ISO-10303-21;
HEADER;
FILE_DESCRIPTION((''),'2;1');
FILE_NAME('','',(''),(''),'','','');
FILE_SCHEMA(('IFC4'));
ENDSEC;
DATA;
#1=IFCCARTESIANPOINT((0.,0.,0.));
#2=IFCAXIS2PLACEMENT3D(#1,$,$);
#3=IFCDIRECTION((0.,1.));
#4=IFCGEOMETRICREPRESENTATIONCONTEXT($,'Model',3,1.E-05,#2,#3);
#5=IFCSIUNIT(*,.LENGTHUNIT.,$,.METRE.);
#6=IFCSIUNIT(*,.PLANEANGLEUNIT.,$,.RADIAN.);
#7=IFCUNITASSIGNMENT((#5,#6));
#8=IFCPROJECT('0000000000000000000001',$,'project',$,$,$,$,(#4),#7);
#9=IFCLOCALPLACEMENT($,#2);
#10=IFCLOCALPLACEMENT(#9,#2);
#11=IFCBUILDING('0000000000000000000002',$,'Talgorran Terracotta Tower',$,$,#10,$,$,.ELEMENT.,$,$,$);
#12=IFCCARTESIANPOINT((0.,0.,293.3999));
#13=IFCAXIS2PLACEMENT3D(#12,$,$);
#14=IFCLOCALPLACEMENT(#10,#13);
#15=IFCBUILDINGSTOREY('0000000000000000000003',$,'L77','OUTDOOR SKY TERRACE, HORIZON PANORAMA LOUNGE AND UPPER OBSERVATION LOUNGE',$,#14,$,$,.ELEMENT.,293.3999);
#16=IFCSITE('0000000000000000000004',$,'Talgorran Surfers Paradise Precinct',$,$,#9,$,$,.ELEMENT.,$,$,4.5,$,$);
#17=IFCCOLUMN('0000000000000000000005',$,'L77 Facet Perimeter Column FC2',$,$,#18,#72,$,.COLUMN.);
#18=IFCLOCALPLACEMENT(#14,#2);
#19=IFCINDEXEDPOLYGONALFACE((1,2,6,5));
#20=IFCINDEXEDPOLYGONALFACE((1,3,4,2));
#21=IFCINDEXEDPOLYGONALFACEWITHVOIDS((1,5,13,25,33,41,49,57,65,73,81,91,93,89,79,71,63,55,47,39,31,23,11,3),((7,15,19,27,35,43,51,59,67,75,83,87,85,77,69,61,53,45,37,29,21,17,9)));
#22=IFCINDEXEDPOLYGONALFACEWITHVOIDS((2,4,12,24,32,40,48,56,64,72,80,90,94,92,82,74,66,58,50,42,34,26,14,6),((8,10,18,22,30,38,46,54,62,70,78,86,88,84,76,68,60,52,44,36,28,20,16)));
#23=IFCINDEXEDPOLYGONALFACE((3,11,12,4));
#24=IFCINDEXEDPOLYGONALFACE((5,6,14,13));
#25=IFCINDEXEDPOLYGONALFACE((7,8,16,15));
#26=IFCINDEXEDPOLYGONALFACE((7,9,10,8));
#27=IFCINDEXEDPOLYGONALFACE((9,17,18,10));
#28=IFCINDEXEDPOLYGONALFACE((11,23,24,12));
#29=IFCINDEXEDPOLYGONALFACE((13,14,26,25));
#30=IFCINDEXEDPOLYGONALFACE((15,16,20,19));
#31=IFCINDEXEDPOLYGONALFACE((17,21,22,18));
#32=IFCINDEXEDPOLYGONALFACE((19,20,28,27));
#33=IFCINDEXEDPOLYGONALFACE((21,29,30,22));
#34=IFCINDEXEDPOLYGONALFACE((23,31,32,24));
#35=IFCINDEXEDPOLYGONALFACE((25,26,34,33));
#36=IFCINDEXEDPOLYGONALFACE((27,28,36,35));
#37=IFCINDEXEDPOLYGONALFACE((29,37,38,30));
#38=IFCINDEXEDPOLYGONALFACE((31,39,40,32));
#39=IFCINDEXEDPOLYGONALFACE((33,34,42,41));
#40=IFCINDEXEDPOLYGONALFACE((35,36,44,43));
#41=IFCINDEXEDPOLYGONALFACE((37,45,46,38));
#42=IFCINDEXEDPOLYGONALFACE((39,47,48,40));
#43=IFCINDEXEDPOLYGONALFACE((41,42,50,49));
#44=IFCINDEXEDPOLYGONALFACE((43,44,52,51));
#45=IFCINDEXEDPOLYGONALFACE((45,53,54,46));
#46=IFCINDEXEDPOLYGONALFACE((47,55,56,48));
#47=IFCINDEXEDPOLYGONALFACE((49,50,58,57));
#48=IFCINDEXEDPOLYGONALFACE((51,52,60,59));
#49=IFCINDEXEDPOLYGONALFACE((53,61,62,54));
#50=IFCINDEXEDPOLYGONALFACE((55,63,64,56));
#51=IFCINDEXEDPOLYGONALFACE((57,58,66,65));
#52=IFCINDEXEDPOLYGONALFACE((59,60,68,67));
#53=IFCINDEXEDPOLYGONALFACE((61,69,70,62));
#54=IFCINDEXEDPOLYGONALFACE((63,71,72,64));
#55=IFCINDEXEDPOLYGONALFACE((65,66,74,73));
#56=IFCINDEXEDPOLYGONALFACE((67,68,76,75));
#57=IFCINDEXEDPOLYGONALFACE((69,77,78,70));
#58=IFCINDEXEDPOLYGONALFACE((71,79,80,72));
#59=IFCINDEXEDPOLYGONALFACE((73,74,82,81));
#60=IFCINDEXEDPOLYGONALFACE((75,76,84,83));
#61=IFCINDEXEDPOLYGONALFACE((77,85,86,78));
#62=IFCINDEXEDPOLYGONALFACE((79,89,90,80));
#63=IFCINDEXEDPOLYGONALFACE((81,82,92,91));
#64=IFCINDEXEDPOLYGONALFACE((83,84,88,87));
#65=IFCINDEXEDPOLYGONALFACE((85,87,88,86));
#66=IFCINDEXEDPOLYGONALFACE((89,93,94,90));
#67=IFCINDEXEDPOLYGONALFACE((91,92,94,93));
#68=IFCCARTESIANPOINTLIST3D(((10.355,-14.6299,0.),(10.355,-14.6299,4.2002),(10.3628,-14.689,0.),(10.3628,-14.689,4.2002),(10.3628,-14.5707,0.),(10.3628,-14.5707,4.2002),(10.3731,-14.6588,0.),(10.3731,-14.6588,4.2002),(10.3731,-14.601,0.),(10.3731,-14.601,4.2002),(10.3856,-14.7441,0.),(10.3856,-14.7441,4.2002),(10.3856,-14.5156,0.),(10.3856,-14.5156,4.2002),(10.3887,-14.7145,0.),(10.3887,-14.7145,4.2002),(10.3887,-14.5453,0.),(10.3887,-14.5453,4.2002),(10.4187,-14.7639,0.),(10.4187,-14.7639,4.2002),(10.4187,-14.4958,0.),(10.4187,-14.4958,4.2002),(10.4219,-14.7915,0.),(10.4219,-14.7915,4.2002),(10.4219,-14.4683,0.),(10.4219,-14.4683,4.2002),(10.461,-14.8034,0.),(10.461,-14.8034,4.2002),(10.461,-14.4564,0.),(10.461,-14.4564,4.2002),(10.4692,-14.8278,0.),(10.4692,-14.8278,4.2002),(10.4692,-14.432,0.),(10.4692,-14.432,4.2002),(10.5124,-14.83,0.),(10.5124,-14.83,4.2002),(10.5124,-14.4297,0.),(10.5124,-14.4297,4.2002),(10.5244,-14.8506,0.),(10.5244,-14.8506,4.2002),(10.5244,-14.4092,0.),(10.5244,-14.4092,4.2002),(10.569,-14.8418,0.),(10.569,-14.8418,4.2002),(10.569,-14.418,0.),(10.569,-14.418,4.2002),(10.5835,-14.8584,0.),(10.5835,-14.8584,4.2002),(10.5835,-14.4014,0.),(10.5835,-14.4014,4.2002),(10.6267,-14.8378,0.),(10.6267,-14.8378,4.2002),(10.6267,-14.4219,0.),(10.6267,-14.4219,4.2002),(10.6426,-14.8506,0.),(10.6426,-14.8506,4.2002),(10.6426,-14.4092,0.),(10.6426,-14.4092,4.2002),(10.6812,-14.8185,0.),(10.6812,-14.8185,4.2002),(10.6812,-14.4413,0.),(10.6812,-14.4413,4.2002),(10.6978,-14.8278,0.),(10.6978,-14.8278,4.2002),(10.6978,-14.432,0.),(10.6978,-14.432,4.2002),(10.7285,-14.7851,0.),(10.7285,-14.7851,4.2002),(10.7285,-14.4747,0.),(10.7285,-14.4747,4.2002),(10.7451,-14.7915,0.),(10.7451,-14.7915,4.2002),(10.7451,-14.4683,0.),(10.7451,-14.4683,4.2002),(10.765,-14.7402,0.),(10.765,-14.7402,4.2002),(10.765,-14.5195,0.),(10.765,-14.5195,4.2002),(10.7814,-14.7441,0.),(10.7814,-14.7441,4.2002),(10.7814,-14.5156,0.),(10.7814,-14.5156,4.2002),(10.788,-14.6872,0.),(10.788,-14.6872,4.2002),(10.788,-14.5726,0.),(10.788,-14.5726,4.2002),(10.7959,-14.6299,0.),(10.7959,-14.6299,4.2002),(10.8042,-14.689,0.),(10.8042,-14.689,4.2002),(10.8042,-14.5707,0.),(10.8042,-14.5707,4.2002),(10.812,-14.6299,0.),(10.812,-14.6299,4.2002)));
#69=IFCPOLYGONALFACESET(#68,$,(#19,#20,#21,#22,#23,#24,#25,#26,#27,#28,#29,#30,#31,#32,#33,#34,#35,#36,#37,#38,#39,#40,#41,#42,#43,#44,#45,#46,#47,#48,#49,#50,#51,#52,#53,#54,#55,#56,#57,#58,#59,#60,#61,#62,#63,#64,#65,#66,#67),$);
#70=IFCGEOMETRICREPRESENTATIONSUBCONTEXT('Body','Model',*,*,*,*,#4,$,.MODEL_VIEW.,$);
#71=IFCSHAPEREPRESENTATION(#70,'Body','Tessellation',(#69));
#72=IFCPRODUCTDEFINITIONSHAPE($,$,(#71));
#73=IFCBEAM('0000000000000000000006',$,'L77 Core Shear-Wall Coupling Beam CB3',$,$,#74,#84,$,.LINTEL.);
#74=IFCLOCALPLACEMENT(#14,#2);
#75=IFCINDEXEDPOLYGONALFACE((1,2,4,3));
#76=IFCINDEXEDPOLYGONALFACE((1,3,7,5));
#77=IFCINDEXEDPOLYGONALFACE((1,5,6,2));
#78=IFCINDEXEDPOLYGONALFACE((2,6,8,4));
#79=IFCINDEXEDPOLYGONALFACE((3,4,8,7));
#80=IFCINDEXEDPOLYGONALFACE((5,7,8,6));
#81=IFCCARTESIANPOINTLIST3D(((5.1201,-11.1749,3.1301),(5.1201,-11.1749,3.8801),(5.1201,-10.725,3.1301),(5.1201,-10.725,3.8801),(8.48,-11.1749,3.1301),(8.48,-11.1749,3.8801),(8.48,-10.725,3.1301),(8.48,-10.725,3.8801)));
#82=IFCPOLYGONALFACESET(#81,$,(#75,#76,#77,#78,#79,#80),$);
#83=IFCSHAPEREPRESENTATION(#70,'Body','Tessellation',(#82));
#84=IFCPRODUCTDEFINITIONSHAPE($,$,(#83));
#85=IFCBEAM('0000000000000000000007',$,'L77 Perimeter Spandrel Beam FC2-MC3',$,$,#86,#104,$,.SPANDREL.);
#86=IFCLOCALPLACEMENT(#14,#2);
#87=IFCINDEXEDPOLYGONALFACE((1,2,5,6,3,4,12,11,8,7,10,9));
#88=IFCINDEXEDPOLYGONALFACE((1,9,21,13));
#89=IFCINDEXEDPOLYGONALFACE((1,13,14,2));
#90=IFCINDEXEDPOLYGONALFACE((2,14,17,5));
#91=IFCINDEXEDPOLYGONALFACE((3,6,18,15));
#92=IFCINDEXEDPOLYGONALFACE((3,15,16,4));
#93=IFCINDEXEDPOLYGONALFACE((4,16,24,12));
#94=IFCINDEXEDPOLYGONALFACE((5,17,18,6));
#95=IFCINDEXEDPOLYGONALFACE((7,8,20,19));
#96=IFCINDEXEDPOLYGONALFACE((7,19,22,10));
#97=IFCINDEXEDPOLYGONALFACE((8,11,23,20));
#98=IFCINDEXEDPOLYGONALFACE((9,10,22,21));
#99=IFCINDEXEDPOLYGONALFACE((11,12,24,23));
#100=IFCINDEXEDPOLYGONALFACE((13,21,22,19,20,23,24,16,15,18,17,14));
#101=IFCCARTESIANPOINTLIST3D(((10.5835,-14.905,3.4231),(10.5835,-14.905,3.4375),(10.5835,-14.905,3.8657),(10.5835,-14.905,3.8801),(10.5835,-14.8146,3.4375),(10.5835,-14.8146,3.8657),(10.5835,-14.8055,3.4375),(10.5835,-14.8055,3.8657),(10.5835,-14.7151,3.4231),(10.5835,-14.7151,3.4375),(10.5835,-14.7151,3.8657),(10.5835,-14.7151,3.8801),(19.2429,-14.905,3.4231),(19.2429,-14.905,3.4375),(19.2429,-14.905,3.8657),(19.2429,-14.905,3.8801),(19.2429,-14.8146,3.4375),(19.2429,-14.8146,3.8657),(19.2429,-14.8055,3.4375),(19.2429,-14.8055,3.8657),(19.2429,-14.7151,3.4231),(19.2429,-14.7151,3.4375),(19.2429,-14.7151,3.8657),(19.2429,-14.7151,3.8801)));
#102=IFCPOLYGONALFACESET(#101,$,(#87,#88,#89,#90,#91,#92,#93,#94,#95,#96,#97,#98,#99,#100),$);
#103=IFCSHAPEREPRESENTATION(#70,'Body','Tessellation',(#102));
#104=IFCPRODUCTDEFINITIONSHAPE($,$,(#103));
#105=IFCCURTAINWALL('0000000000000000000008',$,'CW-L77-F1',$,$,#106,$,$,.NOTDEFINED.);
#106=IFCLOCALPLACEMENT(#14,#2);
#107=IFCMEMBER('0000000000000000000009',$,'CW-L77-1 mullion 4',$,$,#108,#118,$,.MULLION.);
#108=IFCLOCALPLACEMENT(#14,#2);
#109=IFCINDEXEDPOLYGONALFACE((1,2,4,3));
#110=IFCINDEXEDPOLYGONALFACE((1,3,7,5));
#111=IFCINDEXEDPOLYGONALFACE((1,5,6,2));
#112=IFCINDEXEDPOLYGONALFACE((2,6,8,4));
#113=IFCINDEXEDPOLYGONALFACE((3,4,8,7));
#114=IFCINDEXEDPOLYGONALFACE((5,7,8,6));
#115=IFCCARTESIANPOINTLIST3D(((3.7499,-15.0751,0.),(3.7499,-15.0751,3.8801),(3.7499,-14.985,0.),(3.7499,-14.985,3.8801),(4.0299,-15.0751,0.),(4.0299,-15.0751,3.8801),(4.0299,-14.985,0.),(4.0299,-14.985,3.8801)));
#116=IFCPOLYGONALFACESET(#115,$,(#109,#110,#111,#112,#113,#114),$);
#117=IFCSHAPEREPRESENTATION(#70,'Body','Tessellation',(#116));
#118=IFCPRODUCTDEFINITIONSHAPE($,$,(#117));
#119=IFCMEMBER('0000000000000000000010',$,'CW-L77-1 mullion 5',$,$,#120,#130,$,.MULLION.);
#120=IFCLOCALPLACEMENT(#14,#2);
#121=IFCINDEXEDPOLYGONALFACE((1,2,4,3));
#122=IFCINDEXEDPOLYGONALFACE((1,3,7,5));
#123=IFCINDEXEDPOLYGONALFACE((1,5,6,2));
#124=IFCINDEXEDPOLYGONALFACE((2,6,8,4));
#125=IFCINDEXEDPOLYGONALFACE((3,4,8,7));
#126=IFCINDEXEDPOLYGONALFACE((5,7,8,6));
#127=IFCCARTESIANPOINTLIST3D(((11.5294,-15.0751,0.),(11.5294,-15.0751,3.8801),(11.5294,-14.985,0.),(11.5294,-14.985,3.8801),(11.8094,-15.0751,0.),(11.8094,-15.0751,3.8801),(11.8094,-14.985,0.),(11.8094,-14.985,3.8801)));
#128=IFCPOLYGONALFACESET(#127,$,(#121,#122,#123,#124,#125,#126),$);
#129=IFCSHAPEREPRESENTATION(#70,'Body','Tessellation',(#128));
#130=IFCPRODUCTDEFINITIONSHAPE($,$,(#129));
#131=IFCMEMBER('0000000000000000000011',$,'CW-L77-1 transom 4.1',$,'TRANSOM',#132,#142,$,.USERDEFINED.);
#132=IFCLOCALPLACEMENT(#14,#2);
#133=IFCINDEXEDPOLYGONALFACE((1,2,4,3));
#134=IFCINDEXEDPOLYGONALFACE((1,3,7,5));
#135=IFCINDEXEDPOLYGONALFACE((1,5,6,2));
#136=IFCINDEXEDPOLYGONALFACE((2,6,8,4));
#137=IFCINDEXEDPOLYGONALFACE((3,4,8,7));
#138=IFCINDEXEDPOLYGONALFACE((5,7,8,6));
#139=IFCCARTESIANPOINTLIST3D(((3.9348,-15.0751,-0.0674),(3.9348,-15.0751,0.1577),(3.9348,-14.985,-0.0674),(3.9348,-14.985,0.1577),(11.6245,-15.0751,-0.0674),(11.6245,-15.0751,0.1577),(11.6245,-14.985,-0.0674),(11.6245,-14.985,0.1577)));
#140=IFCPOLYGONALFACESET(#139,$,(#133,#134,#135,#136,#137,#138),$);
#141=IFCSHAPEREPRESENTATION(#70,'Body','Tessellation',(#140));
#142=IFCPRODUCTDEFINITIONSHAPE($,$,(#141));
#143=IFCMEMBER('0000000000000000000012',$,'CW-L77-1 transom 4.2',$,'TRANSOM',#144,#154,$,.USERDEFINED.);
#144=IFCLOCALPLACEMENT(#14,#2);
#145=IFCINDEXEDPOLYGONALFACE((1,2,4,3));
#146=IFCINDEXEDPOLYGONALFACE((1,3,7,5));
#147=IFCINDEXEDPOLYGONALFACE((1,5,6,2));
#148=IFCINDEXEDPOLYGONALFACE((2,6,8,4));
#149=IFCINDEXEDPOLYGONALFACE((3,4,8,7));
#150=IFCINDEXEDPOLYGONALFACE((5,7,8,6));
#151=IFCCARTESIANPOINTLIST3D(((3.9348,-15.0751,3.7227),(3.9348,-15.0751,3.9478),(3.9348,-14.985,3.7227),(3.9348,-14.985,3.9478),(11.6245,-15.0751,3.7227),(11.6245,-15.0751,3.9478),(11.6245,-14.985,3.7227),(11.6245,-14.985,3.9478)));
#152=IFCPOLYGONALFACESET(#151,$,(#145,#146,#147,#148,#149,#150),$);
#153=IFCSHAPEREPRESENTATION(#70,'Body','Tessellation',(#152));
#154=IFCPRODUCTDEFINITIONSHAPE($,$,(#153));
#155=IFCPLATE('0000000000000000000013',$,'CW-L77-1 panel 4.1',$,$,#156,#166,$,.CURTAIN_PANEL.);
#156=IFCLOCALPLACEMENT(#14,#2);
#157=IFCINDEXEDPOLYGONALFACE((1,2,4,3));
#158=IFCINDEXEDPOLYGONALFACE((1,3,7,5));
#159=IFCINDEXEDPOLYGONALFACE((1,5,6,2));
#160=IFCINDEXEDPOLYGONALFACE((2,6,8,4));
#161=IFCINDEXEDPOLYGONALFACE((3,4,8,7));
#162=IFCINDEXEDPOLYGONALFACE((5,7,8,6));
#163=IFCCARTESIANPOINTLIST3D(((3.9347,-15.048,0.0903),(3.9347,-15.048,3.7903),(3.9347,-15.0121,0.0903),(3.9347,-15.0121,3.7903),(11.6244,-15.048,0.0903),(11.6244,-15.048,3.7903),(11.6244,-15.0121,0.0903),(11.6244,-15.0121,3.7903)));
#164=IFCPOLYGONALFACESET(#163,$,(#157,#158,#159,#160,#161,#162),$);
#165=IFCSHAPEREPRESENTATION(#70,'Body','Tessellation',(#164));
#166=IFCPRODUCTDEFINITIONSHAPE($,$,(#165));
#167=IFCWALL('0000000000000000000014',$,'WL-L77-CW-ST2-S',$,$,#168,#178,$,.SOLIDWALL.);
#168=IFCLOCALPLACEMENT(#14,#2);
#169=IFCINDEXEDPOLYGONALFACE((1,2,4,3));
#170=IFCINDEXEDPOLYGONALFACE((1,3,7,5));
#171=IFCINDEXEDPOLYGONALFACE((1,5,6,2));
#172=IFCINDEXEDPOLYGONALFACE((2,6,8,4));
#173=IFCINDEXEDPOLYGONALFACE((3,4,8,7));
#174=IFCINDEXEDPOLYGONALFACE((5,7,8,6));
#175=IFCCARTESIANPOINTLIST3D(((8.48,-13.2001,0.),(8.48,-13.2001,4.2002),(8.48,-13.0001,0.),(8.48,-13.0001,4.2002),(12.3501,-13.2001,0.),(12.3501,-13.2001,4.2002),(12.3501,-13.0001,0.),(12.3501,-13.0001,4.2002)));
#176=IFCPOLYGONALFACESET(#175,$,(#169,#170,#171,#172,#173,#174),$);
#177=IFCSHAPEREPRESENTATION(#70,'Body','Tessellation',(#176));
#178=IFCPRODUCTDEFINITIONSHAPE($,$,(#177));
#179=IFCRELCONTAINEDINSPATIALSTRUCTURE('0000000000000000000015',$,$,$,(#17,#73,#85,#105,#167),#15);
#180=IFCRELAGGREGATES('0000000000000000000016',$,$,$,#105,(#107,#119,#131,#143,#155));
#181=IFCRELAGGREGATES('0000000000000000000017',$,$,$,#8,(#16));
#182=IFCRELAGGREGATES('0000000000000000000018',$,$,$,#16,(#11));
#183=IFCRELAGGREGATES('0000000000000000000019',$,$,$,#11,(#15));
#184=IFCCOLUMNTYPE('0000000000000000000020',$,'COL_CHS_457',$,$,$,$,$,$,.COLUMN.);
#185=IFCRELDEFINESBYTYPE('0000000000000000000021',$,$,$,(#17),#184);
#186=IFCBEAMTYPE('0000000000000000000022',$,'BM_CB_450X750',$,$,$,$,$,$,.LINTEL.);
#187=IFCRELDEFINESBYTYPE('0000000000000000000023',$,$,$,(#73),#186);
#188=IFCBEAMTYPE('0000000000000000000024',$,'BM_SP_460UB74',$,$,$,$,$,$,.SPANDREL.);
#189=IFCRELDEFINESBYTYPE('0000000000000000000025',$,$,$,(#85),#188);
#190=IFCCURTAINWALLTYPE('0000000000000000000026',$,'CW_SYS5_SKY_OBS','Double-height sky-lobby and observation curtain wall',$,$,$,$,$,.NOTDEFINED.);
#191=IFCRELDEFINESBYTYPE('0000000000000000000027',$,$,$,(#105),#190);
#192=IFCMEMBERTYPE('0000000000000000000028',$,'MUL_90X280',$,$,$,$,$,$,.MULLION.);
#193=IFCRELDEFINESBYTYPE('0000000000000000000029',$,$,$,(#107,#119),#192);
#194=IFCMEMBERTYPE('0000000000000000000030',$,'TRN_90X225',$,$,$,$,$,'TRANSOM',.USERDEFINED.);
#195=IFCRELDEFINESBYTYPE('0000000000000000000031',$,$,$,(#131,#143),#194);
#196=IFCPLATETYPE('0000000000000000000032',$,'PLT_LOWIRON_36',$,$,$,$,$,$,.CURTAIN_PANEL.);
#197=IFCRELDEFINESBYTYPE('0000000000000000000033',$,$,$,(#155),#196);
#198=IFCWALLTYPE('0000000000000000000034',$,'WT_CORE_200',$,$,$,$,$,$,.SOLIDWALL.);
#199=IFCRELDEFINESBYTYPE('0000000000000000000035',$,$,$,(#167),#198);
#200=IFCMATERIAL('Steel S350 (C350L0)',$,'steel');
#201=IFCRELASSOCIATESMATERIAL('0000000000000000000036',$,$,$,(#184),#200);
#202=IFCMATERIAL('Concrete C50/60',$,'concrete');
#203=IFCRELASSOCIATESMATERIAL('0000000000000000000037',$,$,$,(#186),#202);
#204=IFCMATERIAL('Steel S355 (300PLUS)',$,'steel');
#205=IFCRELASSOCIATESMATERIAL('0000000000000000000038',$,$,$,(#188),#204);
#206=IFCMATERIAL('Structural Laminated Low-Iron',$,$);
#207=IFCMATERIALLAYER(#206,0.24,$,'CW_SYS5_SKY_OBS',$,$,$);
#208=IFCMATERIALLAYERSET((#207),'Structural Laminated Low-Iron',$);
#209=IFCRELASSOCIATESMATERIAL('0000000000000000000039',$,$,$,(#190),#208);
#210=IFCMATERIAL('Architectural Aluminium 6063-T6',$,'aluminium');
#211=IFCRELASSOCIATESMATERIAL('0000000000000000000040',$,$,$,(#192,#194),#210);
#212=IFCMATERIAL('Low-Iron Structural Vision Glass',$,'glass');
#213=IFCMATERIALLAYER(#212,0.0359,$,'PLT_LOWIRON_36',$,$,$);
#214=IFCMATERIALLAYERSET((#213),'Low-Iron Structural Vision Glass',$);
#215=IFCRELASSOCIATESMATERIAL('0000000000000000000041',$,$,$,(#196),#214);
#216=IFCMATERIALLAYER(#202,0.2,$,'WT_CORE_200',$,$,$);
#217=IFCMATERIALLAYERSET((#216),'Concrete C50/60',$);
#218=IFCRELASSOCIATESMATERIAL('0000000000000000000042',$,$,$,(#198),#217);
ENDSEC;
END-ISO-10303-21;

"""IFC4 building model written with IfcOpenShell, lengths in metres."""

from ifc_helpers import new_model, si_unit, direction, frame, frame_2d, origin, origin_2d, place, context, subcontext, project, spatial, rectangle, hollow_circle, i_section, extrude, source, transform, mapped, material, layer, layer_set, material_profile, profile_set, type_object, type_shapes, element, aggregate, save


model = new_model("IFC4")

# Units and contexts
model_context = context("Model", 3, precision=1e-05, world=origin(), true_north=direction((0.0, 1.0)))
body_context = subcontext(model_context, "Body", "Model", "MODEL_VIEW")
ifc_project = project(units=[si_unit("LENGTHUNIT", "METRE"), si_unit("PLANEANGLEUNIT", "RADIAN")], contexts=[model_context])

# Site, building, storey
site_placement = place(None, origin())
site = spatial("IfcSite", under=ifc_project, at=site_placement, Name="Talgorran Surfers Paradise Precinct", CompositionType="ELEMENT", RefElevation=4.5)
building_placement = place(site_placement, origin())
building = spatial("IfcBuilding", under=site, at=building_placement, Name="Talgorran Terracotta Tower", CompositionType="ELEMENT")
storey_placement = place(building_placement, frame((0.0, 0.0, 293.3999)))
storey = spatial("IfcBuildingStorey", under=building, at=storey_placement, Name="L77", Description="OUTDOOR SKY TERRACE, HORIZON PANORAMA LOUNGE AND UPPER OBSERVATION LOUNGE", CompositionType="ELEMENT", Elevation=293.3999)

# Column
ifc_material_1 = material(Name="Steel S350 (C350L0)", Category="steel")
ifc_material_profile_1 = material_profile(ifc_material_1, hollow_circle(Radius=0.2285, WallThickness=0.0161, at=origin_2d()), Name="CHS457X16")
ifc_profile_set_1 = profile_set([ifc_material_profile_1], Name="Steel S350 (C350L0)")
column_type = type_object("IfcColumnType", Name="COL_CHS_457", PredefinedType="COLUMN", material=ifc_profile_set_1)
column_placement = place(storey_placement, frame((10.5835, -14.6299, 0.0), z_axis=(0.0, 0.0, 1.0), x_axis=(1.0, 0.0, 0.0)))
element("IfcColumn", 1, at=column_placement, inside=storey, type_object=column_type, Name="L77 Facet Perimeter Column FC2", PredefinedType="COLUMN", context=body_context, shape_type="SweptSolid", body=[
    extrude(hollow_circle(Radius=0.2285, WallThickness=0.0161, at=origin_2d()), origin(), (0.0, 0.0, 1.0), 4.2002),
])

# Beams
ifc_material_2 = material(Name="Concrete C50/60", Category="concrete")
ifc_material_profile_2 = material_profile(ifc_material_2, rectangle(XDim=0.45, YDim=0.75, at=origin_2d()), Name="RCCB450X750")
ifc_profile_set_2 = profile_set([ifc_material_profile_2], Name="Concrete C50/60")
beam_type_1 = type_object("IfcBeamType", Name="BM_CB_450X750", PredefinedType="LINTEL", material=ifc_profile_set_2)
beam_1_placement = place(storey_placement, frame((5.1201, -10.95, 3.5051), z_axis=(1.0, 0.0, 0.0), x_axis=(0.0, 1.0, 0.0)))
element("IfcBeam", 2, at=beam_1_placement, inside=storey, type_object=beam_type_1, Name="L77 Core Shear-Wall Coupling Beam CB3", PredefinedType="LINTEL", context=body_context, shape_type="SweptSolid", body=[
    extrude(rectangle(XDim=0.45, YDim=0.75, at=origin_2d()), origin(), (0.0, 0.0, 1.0), 3.3599),
])
ifc_material_3 = material(Name="Steel S355 (300PLUS)", Category="steel")
ifc_material_profile_3 = material_profile(ifc_material_3, i_section(OverallWidth=0.1899, OverallDepth=0.457, WebThickness=0.009, FlangeThickness=0.0144, at=origin_2d()), Name="460UB74.6")
ifc_profile_set_3 = profile_set([ifc_material_profile_3], Name="Steel S355 (300PLUS)")
beam_type_2 = type_object("IfcBeamType", Name="BM_SP_460UB74", PredefinedType="SPANDREL", material=ifc_profile_set_3)
beam_2_placement = place(storey_placement, frame((10.5835, -14.8101, 3.6516), z_axis=(1.0, 0.0, 0.0), x_axis=(0.0, 1.0, 0.0)))
element("IfcBeam", 3, at=beam_2_placement, inside=storey, type_object=beam_type_2, Name="L77 Perimeter Spandrel Beam FC2-MC3", PredefinedType="SPANDREL", context=body_context, shape_type="SweptSolid", body=[
    extrude(i_section(OverallWidth=0.1899, OverallDepth=0.457, WebThickness=0.009, FlangeThickness=0.0144, at=origin_2d()), origin(), (0.0, 0.0, 1.0), 8.6594),
])

# Curtain wall, members, plate
ifc_material_4 = material(Name="Structural Laminated Low-Iron")
ifc_layer_1 = layer(ifc_material_4, 0.24, Name="CW_SYS5_SKY_OBS")
ifc_layer_set_1 = layer_set([ifc_layer_1], Name="Structural Laminated Low-Iron")
curtain_wall_type = type_object("IfcCurtainWallType", Name="CW_SYS5_SKY_OBS", Description="Double-height sky-lobby and observation curtain wall", PredefinedType="NOTDEFINED", material=ifc_layer_set_1)
curtain_wall_placement = place(storey_placement, origin())
curtain_wall = element("IfcCurtainWall", 4, at=curtain_wall_placement, inside=storey, type_object=curtain_wall_type, Name="CW-L77-F1", PredefinedType="NOTDEFINED")
ifc_material_5 = material(Name="Architectural Aluminium 6063-T6", Category="aluminium")
ifc_material_profile_4 = material_profile(ifc_material_5, rectangle(XDim=0.0901, YDim=0.28, at=origin_2d()), Name="CWM90X280")
ifc_profile_set_4 = profile_set([ifc_material_profile_4], Name="Architectural Aluminium 6063-T6")
member_type_1 = type_object("IfcMemberType", Name="MUL_90X280", PredefinedType="MULLION", material=ifc_profile_set_4)
member_1_placement = place(storey_placement, frame((3.8899, -15.03, 0.0), z_axis=(0.0, 0.0, 1.0), x_axis=(0.0, 1.0, 0.0)))
member_1 = element("IfcMember", 5, at=member_1_placement, type_object=member_type_1, Name="CW-L77-1 mullion 4", PredefinedType="MULLION", context=body_context, shape_type="SweptSolid", body=[
    extrude(rectangle(XDim=0.0901, YDim=0.28, at=origin_2d()), origin(), (0.0, 0.0, 1.0), 3.8801),
])
member_2_placement = place(storey_placement, frame((11.6694, -15.03, 0.0), z_axis=(0.0, 0.0, 1.0), x_axis=(0.0, 1.0, 0.0)))
member_2 = element("IfcMember", 6, at=member_2_placement, type_object=member_type_1, Name="CW-L77-1 mullion 5", PredefinedType="MULLION", context=body_context, shape_type="SweptSolid", body=[
    extrude(rectangle(XDim=0.0901, YDim=0.28, at=origin_2d()), origin(), (0.0, 0.0, 1.0), 3.8801),
])
ifc_material_profile_5 = material_profile(ifc_material_5, rectangle(XDim=0.0901, YDim=0.2251, at=origin_2d()), Name="CWT90X225")
ifc_profile_set_5 = profile_set([ifc_material_profile_5], Name="Architectural Aluminium 6063-T6")
member_type_2 = type_object("IfcMemberType", Name="TRN_90X225", ElementType="TRANSOM", PredefinedType="USERDEFINED", material=ifc_profile_set_5)
member_3_placement = place(storey_placement, frame((3.9348, -15.03, 0.0452), z_axis=(1.0, 0.0, 0.0), x_axis=(0.0, 1.0, 0.0)))
member_3 = element("IfcMember", 7, at=member_3_placement, type_object=member_type_2, Name="CW-L77-1 transom 4.1", ObjectType="TRANSOM", PredefinedType="USERDEFINED", context=body_context, shape_type="SweptSolid", body=[
    extrude(rectangle(XDim=0.0901, YDim=0.2251, at=origin_2d()), origin(), (0.0, 0.0, 1.0), 7.6897),
])
member_4_placement = place(storey_placement, frame((3.9348, -15.03, 3.8352), z_axis=(1.0, 0.0, 0.0), x_axis=(0.0, 1.0, 0.0)))
member_4 = element("IfcMember", 8, at=member_4_placement, type_object=member_type_2, Name="CW-L77-1 transom 4.2", ObjectType="TRANSOM", PredefinedType="USERDEFINED", context=body_context, shape_type="SweptSolid", body=[
    extrude(rectangle(XDim=0.0901, YDim=0.2251, at=origin_2d()), origin(), (0.0, 0.0, 1.0), 7.6897),
])
ifc_material_6 = material(Name="Low-Iron Structural Vision Glass", Category="glass")
ifc_layer_2 = layer(ifc_material_6, 0.0359, Name="PLT_LOWIRON_36")
ifc_layer_set_2 = layer_set([ifc_layer_2], Name="Low-Iron Structural Vision Glass")
plate_type = type_object("IfcPlateType", Name="PLT_LOWIRON_36", PredefinedType="CURTAIN_PANEL", material=ifc_layer_set_2)
shared_shape = source(origin(), body_context, "Body", "SweptSolid", [
    extrude(rectangle(XDim=7.6897, YDim=0.0359, at=origin_2d()), origin(), (0.0, 0.0, 1.0), 3.7),
])
type_shapes(plate_type, [shared_shape])
plate_placement = place(storey_placement, frame((7.7795, -15.03, 0.0903), z_axis=(0.0, 0.0, 1.0), x_axis=(1.0, 0.0, 0.0)))
plate = element("IfcPlate", 9, at=plate_placement, type_object=plate_type, Name="CW-L77-1 panel 4.1", PredefinedType="CURTAIN_PANEL", context=body_context, shape_type="MappedRepresentation", body=[
    mapped(shared_shape, transform((0.0, 0.0, 0.0), scale=1.0)),
])
aggregate(curtain_wall, [member_1, member_2, member_3, member_4, plate])

# Wall
ifc_layer_3 = layer(ifc_material_2, 0.2, Name="WT_CORE_200")
ifc_layer_set_3 = layer_set([ifc_layer_3], Name="Concrete C50/60")
wall_type_1 = type_object("IfcWallType", Name="WT_CORE_200", PredefinedType="SOLIDWALL", material=ifc_layer_set_3)
wall_1_placement = place(storey_placement, frame((8.48, -13.1001, 0.0), z_axis=(0.0, 0.0, 1.0), x_axis=(1.0, 0.0, 0.0)))
element("IfcWall", 10, at=wall_1_placement, inside=storey, type_object=wall_type_1, Name="WL-L77-CW-ST2-S", PredefinedType="SOLIDWALL", context=body_context, shape_type="SweptSolid", body=[
    extrude(rectangle(XDim=3.8701, YDim=0.2, at=frame_2d((1.9351, 0.0))), origin(), (0.0, 0.0, 1.0), 4.2002),
])

save(model, "model.ifc")
